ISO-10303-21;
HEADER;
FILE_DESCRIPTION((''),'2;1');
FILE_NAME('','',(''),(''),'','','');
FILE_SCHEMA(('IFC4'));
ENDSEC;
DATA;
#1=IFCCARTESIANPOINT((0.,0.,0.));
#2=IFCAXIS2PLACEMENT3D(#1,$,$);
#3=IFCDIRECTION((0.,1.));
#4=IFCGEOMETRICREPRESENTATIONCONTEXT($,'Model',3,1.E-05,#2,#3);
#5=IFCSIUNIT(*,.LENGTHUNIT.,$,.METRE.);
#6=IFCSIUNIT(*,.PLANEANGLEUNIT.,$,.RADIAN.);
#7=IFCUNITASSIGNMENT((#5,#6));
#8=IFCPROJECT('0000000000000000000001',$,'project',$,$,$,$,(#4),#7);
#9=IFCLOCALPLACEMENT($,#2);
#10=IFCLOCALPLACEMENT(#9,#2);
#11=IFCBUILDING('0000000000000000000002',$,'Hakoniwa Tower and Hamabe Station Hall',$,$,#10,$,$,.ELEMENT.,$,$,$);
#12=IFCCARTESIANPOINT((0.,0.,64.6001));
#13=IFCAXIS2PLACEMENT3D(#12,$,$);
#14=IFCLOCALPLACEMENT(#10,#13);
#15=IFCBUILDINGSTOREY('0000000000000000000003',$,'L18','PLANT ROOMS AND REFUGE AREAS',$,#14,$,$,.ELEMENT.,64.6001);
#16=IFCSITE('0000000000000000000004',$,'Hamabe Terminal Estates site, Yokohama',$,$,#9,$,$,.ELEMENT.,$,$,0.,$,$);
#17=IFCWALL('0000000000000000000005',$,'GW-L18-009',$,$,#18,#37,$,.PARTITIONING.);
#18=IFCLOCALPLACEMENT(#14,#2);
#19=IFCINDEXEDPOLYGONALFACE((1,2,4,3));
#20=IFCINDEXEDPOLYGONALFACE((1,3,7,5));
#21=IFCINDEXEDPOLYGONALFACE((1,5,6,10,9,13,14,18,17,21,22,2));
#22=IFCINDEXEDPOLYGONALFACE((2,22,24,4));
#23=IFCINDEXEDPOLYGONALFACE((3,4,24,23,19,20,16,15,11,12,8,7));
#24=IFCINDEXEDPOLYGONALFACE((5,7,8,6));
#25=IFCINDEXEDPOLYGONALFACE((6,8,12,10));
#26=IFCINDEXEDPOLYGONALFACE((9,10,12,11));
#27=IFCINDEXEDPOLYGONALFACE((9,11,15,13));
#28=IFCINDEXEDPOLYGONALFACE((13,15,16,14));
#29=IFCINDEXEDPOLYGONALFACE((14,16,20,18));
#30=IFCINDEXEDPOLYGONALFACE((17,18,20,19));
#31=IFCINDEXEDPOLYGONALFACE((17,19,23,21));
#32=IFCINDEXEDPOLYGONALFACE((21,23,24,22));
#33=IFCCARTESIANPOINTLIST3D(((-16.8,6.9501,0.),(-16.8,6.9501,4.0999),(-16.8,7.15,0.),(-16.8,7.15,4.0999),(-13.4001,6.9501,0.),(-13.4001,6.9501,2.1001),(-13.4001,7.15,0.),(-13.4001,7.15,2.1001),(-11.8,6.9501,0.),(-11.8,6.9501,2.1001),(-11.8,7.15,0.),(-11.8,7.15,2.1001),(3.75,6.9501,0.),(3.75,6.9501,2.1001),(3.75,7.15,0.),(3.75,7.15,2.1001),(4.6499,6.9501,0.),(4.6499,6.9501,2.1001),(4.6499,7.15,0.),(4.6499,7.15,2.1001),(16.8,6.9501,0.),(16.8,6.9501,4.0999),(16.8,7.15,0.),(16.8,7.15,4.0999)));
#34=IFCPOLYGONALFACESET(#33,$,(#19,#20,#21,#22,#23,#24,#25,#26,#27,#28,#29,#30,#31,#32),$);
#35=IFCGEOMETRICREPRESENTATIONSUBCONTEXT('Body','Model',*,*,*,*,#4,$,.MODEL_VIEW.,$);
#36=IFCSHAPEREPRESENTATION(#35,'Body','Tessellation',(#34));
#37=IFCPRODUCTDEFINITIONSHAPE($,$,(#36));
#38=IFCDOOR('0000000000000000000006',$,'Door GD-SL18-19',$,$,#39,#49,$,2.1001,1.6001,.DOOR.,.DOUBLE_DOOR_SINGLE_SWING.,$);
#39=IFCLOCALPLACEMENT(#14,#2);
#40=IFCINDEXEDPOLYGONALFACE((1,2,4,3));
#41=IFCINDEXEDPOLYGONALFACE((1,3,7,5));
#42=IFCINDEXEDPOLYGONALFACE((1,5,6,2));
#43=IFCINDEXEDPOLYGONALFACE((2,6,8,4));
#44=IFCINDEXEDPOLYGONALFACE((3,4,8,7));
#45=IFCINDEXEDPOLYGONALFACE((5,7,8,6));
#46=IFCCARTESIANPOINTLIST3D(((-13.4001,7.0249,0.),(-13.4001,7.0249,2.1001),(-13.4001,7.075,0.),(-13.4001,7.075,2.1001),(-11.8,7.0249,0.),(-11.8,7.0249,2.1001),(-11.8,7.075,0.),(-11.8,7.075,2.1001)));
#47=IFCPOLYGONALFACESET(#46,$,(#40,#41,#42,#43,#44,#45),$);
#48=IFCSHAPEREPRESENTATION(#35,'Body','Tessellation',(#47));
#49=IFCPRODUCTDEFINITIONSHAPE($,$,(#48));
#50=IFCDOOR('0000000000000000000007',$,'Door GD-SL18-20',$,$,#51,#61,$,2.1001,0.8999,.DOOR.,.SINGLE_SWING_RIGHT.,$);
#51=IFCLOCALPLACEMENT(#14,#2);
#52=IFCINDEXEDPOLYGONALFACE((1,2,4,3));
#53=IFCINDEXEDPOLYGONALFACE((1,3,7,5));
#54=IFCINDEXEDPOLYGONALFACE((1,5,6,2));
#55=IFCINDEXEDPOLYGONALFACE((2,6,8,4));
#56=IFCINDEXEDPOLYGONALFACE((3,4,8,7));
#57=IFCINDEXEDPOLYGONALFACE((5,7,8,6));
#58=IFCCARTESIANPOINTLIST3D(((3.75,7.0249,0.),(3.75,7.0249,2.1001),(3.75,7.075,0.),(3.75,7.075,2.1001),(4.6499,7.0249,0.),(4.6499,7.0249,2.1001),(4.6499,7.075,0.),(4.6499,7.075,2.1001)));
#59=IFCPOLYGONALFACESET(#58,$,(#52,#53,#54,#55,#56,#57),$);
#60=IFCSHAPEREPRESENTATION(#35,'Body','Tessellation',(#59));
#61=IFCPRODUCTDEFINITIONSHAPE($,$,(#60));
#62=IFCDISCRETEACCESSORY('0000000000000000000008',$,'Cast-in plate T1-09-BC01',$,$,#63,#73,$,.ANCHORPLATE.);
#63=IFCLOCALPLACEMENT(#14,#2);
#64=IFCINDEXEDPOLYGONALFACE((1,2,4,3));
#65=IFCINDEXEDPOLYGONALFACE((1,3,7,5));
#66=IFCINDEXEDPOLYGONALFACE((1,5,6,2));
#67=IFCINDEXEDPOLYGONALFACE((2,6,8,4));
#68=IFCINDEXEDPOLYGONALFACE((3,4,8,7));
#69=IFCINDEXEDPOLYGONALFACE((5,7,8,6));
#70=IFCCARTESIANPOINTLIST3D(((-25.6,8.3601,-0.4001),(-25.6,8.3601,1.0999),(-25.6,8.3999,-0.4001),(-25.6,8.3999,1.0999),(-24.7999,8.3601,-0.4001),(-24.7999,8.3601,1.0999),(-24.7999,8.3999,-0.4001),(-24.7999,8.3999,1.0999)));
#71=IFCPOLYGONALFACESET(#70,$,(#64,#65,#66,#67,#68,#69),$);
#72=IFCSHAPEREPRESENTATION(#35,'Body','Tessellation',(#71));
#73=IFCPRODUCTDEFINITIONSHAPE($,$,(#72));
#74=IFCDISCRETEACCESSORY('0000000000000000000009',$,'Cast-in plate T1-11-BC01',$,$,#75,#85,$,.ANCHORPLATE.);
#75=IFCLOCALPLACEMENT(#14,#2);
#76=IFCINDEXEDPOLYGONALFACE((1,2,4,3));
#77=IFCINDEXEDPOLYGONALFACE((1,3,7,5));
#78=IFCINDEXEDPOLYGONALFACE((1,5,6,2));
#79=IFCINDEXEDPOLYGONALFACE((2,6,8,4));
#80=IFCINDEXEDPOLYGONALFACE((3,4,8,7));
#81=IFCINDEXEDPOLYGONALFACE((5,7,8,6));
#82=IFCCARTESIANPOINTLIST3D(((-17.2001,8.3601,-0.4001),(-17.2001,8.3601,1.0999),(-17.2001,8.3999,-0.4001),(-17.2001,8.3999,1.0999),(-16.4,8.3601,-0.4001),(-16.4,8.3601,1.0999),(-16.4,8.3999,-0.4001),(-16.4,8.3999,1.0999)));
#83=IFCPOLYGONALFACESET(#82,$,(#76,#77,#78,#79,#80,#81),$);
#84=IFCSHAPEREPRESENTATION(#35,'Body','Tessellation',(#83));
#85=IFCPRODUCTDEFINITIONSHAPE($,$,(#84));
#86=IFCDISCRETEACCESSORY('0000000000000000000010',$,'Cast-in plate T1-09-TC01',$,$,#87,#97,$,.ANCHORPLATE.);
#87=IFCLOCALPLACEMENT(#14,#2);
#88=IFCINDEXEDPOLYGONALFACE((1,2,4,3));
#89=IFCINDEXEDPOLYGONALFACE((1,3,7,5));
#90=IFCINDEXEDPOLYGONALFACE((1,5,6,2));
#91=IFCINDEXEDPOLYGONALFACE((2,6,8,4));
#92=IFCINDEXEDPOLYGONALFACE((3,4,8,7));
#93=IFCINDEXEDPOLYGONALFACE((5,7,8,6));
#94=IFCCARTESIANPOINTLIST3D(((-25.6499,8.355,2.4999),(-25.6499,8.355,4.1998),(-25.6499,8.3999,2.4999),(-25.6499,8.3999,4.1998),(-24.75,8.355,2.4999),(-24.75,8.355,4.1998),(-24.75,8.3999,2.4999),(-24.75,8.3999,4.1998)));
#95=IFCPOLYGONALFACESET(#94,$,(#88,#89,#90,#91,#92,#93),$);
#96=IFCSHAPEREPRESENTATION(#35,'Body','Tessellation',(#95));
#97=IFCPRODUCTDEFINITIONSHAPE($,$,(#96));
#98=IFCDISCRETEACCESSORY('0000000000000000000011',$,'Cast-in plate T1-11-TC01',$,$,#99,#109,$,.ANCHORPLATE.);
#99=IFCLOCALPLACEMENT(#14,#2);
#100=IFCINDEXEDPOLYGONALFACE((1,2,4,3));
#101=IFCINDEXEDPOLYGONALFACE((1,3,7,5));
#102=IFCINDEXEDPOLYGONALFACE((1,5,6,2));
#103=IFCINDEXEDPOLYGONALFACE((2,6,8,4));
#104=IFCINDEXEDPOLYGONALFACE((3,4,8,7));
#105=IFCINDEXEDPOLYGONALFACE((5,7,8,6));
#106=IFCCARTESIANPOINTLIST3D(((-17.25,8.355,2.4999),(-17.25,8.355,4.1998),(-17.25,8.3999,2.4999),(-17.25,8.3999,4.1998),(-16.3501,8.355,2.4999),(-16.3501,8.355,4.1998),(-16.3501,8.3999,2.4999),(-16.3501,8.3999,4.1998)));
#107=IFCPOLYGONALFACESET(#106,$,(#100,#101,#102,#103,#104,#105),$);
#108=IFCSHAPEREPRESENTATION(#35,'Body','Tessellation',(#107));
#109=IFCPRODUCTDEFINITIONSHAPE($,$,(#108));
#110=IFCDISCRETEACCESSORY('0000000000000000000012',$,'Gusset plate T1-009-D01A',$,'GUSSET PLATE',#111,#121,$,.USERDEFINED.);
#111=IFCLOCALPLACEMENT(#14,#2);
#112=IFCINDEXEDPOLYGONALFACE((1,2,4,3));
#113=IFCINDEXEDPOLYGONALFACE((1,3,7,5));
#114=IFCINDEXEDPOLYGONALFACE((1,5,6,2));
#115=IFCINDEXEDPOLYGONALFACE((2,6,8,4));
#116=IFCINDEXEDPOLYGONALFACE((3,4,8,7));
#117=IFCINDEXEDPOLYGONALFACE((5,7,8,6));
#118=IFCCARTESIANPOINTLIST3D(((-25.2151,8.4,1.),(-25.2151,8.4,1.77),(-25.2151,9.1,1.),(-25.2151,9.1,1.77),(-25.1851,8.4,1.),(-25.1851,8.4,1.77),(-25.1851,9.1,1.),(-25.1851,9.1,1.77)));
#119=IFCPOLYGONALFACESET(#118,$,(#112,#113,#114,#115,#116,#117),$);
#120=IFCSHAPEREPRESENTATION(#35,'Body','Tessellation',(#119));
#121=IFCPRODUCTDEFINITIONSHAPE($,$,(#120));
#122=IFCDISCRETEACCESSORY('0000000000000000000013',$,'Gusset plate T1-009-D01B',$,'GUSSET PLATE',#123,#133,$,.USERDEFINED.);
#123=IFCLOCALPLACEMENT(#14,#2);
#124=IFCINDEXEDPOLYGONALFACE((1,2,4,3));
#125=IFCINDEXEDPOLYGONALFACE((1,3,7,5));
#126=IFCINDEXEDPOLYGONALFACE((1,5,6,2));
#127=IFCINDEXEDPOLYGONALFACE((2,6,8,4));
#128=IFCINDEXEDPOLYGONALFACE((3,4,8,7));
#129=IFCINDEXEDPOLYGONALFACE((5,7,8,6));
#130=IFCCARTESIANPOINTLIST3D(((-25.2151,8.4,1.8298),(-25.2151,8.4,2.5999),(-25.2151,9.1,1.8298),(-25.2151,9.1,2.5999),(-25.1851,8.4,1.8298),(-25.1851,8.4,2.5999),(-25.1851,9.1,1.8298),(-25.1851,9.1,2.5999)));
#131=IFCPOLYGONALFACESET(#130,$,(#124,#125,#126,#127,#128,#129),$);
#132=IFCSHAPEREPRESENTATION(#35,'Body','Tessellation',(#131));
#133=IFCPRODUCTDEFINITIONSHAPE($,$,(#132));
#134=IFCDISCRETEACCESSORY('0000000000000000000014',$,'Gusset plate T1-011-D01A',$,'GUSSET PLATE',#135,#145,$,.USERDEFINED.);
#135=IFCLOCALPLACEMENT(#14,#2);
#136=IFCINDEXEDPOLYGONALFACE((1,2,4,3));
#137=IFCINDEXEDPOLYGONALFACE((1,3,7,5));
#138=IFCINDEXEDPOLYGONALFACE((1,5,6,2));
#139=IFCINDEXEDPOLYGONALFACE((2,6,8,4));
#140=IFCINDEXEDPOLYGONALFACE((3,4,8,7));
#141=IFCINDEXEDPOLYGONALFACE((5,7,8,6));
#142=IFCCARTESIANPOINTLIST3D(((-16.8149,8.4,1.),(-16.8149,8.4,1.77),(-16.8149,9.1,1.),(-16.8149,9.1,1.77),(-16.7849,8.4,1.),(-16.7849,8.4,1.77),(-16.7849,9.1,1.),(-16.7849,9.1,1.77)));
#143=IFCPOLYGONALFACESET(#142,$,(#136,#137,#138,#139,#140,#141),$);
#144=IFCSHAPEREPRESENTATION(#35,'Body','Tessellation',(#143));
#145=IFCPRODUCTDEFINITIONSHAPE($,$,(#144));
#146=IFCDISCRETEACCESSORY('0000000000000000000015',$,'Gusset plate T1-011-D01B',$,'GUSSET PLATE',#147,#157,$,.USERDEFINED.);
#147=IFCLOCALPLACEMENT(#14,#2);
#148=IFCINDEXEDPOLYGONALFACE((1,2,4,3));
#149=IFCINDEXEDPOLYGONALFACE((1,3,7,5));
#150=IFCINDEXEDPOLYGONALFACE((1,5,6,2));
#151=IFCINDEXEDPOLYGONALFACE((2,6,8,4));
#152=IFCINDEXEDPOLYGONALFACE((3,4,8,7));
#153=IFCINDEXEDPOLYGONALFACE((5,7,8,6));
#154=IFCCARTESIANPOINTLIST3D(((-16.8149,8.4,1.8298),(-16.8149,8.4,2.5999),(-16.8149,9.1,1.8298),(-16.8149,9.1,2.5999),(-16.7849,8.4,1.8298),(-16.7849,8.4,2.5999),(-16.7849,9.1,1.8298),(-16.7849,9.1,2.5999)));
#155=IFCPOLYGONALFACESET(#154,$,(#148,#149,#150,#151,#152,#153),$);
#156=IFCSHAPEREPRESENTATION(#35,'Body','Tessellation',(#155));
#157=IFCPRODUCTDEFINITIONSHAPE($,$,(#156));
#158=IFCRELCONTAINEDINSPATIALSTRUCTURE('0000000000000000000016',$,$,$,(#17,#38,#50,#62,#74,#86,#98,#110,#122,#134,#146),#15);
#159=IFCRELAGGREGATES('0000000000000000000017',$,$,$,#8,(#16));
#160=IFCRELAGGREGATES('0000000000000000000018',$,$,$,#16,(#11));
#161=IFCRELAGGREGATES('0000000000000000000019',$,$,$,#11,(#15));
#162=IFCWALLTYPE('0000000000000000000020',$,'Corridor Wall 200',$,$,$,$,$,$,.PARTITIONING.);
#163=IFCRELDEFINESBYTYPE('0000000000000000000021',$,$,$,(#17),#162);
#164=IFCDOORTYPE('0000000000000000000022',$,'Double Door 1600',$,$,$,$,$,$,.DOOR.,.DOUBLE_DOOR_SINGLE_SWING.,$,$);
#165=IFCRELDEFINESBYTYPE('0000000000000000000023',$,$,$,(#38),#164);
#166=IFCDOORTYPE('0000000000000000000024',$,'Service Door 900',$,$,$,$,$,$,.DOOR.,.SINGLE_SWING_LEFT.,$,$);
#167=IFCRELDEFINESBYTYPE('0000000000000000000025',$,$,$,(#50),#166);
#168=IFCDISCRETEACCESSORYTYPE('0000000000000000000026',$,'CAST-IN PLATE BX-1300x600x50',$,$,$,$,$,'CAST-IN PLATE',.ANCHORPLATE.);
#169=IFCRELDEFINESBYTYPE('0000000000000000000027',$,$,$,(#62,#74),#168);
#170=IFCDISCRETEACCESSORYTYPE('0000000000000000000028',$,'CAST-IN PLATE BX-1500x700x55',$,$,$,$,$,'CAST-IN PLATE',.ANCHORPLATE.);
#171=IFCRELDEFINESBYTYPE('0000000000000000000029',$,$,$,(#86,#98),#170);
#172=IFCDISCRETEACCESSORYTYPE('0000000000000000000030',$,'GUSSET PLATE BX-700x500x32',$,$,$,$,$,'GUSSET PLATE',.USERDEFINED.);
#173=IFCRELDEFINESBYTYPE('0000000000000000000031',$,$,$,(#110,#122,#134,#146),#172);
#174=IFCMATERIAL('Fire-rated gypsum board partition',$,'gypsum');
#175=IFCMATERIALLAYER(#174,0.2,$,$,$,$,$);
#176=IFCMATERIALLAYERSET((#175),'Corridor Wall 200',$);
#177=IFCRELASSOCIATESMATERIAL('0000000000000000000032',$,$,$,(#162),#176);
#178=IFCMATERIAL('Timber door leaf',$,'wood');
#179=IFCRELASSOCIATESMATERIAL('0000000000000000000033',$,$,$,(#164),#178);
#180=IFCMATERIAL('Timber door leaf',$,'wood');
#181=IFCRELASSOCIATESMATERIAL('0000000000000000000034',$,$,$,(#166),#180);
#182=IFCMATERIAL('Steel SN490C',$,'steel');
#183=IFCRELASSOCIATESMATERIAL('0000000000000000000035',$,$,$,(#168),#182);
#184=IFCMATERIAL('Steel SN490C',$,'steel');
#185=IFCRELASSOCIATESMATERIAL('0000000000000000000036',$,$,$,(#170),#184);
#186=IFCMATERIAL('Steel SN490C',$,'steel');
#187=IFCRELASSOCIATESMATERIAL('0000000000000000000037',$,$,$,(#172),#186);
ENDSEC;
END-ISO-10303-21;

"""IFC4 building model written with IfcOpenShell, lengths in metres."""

from ifc_helpers import new_model, si_unit, direction, frame, frame_2d, origin, origin_2d, place, context, subcontext, project, spatial, rectangle, extrude, material, layer, layer_set, material_profile, profile_set, type_object, element, fill, save


model = new_model("IFC4")

# Units and contexts
model_context = context("Model", 3, precision=1e-05, world=origin(), true_north=direction((0.0, 1.0)))
body_context = subcontext(model_context, "Body", "Model", "MODEL_VIEW")
ifc_project = project(units=[si_unit("LENGTHUNIT", "METRE"), si_unit("PLANEANGLEUNIT", "RADIAN")], contexts=[model_context])

# Site, building, storey
site_placement = place(None, origin())
site = spatial("IfcSite", under=ifc_project, at=site_placement, Name="Hamabe Terminal Estates site, Yokohama", CompositionType="ELEMENT", RefElevation=0.0)
building_placement = place(site_placement, origin())
building = spatial("IfcBuilding", under=site, at=building_placement, Name="Hakoniwa Tower and Hamabe Station Hall", CompositionType="ELEMENT")
storey_placement = place(building_placement, frame((0.0, 0.0, 64.6001)))
storey = spatial("IfcBuildingStorey", under=building, at=storey_placement, Name="L18", Description="PLANT ROOMS AND REFUGE AREAS", CompositionType="ELEMENT", Elevation=64.6001)

# Wall, openings, doors
ifc_material_1 = material(Name="Fire-rated gypsum board partition", Category="gypsum")
ifc_layer_1 = layer(ifc_material_1, 0.2)
ifc_layer_set_1 = layer_set([ifc_layer_1], Name="Corridor Wall 200")
wall_type_1 = type_object("IfcWallType", Name="Corridor Wall 200", PredefinedType="PARTITIONING", material=ifc_layer_set_1)
wall_1_placement = place(storey_placement, frame((-16.8, 7.05, 0.0), z_axis=(0.0, 0.0, 1.0), x_axis=(1.0, 0.0, 0.0)))
wall_1 = element("IfcWall", 1, at=wall_1_placement, inside=storey, type_object=wall_type_1, Name="GW-L18-009", PredefinedType="PARTITIONING", context=body_context, shape_type="SweptSolid", body=[
    extrude(rectangle(XDim=33.6001, YDim=0.2, at=frame_2d((16.8, 0.0))), origin(), (0.0, 0.0, 1.0), 4.0999),
])
opening_1_placement = place(wall_1_placement, frame((3.3999, 0.0, 0.0)))
opening_1 = element("IfcOpeningElement", 2, at=opening_1_placement, cuts=wall_1, PredefinedType="OPENING", context=body_context, shape_type="SweptSolid", body=[
    extrude(rectangle(XDim=1.6001, YDim=2.1001, at=frame_2d((0.8, 1.05))), frame((0.0, 0.1099, 0.0), z_axis=(0.0, -1.0, 0.0), x_axis=(1.0, 0.0, 0.0)), (0.0, 0.0, 1.0), 0.22),
])
opening_2_placement = place(wall_1_placement, frame((20.55, 0.0, 0.0)))
opening_2 = element("IfcOpeningElement", 3, at=opening_2_placement, cuts=wall_1, PredefinedType="OPENING", context=body_context, shape_type="SweptSolid", body=[
    extrude(rectangle(XDim=0.8999, YDim=2.1001, at=frame_2d((0.45, 1.05))), frame((0.0, 0.1099, 0.0), z_axis=(0.0, -1.0, 0.0), x_axis=(1.0, 0.0, 0.0)), (0.0, 0.0, 1.0), 0.22),
])
ifc_material_2 = material(Name="Timber door leaf", Category="wood")
door_type_1 = type_object("IfcDoorType", Name="Double Door 1600", OperationType="DOUBLE_DOOR_SINGLE_SWING", PredefinedType="DOOR", material=ifc_material_2)
door_1_placement = place(opening_1_placement, origin())
door_1 = element("IfcDoor", 4, at=door_1_placement, inside=storey, type_object=door_type_1, Name="Door GD-SL18-19", OperationType="DOUBLE_DOOR_SINGLE_SWING", OverallHeight=2.1001, OverallWidth=1.6001, PredefinedType="DOOR", context=body_context, shape_type="SweptSolid", body=[
    extrude(rectangle(XDim=1.6001, YDim=2.1001, at=frame_2d((0.8, 1.05))), frame((0.0, 0.0249, 0.0), z_axis=(0.0, -1.0, 0.0), x_axis=(1.0, 0.0, 0.0)), (0.0, 0.0, 1.0), 0.05),
])
fill(opening_1, door_1)
ifc_material_3 = material(Name="Timber door leaf", Category="wood")
door_type_2 = type_object("IfcDoorType", Name="Service Door 900", OperationType="SINGLE_SWING_LEFT", PredefinedType="DOOR", material=ifc_material_3)
door_2_placement = place(opening_2_placement, origin())
door_2 = element("IfcDoor", 5, at=door_2_placement, inside=storey, type_object=door_type_2, Name="Door GD-SL18-20", OperationType="SINGLE_SWING_RIGHT", OverallHeight=2.1001, OverallWidth=0.8999, PredefinedType="DOOR", context=body_context, shape_type="SweptSolid", body=[
    extrude(rectangle(XDim=0.8999, YDim=2.1001, at=frame_2d((0.45, 1.05))), frame((0.0, 0.0249, 0.0), z_axis=(0.0, -1.0, 0.0), x_axis=(1.0, 0.0, 0.0)), (0.0, 0.0, 1.0), 0.05),
])
fill(opening_2, door_2)

# Discrete accessories
ifc_material_4 = material(Name="Steel SN490C", Category="steel")
ifc_material_profile_1 = material_profile(ifc_material_4, rectangle(XDim=0.8, YDim=1.5, at=origin_2d()), Name="CAST-IN PLATE BX-1300x600x50")
ifc_profile_set_1 = profile_set([ifc_material_profile_1], Name="Steel SN490C")
discrete_accessory_type_1 = type_object("IfcDiscreteAccessoryType", Name="CAST-IN PLATE BX-1300x600x50", ElementType="CAST-IN PLATE", PredefinedType="ANCHORPLATE", material=ifc_profile_set_1)
for number, where, z_axis, x_axis, name in (
    (6, (-25.2, 8.3601, 0.3499), (0.0, 1.0, 0.0), (-1.0, 0.0, 0.0), "Cast-in plate T1-09-BC01"),
    (7, (-16.8, 8.3601, 0.3499), (0.0, 1.0, 0.0), (-1.0, 0.0, 0.0), "Cast-in plate T1-11-BC01"),
):
    element("IfcDiscreteAccessory", number, at=place(storey_placement, frame(where, z_axis=z_axis, x_axis=x_axis)), inside=storey, type_object=discrete_accessory_type_1, Name=name, PredefinedType="ANCHORPLATE", context=body_context, shape_type="SweptSolid", body=[
        extrude(rectangle(XDim=0.8, YDim=1.5, at=origin_2d()), origin(), (0.0, 0.0, 1.0), 0.0398),
    ])
ifc_material_5 = material(Name="Steel SN490C", Category="steel")
ifc_material_profile_2 = material_profile(ifc_material_5, rectangle(XDim=0.8999, YDim=1.7, at=origin_2d()), Name="CAST-IN PLATE BX-1500x700x55")
ifc_profile_set_2 = profile_set([ifc_material_profile_2], Name="Steel SN490C")
discrete_accessory_type_2 = type_object("IfcDiscreteAccessoryType", Name="CAST-IN PLATE BX-1500x700x55", ElementType="CAST-IN PLATE", PredefinedType="ANCHORPLATE", material=ifc_profile_set_2)
for number, where, z_axis, x_axis, name in (
    (8, (-25.2, 8.355, 3.3499), (0.0, 1.0, 0.0), (-1.0, 0.0, 0.0), "Cast-in plate T1-09-TC01"),
    (9, (-16.8, 8.355, 3.3499), (0.0, 1.0, 0.0), (-1.0, 0.0, 0.0), "Cast-in plate T1-11-TC01"),
):
    element("IfcDiscreteAccessory", number, at=place(storey_placement, frame(where, z_axis=z_axis, x_axis=x_axis)), inside=storey, type_object=discrete_accessory_type_2, Name=name, PredefinedType="ANCHORPLATE", context=body_context, shape_type="SweptSolid", body=[
        extrude(rectangle(XDim=0.8999, YDim=1.7, at=origin_2d()), origin(), (0.0, 0.0, 1.0), 0.0449),
    ])
ifc_material_6 = material(Name="Steel SN490C", Category="steel")
ifc_material_profile_3 = material_profile(ifc_material_6, rectangle(XDim=0.7, YDim=0.77, at=origin_2d()), Name="GUSSET PLATE BX-700x500x32")
ifc_profile_set_3 = profile_set([ifc_material_profile_3], Name="Steel SN490C")
discrete_accessory_type_3 = type_object("IfcDiscreteAccessoryType", Name="GUSSET PLATE BX-700x500x32", ElementType="GUSSET PLATE", PredefinedType="USERDEFINED", material=ifc_profile_set_3)
for number, where, z_axis, x_axis, name in (
    (10, (-25.1851, 8.75, 1.385), (-1.0, 0.0, 0.0), (0.0, -1.0, 0.0), "Gusset plate T1-009-D01A"),
    (11, (-25.1851, 8.75, 2.2148), (-1.0, 0.0, 0.0), (0.0, -1.0, 0.0), "Gusset plate T1-009-D01B"),
    (12, (-16.7849, 8.75, 1.385), (-1.0, 0.0, 0.0), (0.0, -1.0, 0.0), "Gusset plate T1-011-D01A"),
    (13, (-16.7849, 8.75, 2.2148), (-1.0, 0.0, 0.0), (0.0, -1.0, 0.0), "Gusset plate T1-011-D01B"),
):
    element("IfcDiscreteAccessory", number, at=place(storey_placement, frame(where, z_axis=z_axis, x_axis=x_axis)), inside=storey, type_object=discrete_accessory_type_3, Name=name, ObjectType="GUSSET PLATE", PredefinedType="USERDEFINED", context=body_context, shape_type="SweptSolid", body=[
        extrude(rectangle(XDim=0.7, YDim=0.77, at=origin_2d()), origin(), (0.0, 0.0, 1.0), 0.03),
    ])

save(model, "model.ifc")
